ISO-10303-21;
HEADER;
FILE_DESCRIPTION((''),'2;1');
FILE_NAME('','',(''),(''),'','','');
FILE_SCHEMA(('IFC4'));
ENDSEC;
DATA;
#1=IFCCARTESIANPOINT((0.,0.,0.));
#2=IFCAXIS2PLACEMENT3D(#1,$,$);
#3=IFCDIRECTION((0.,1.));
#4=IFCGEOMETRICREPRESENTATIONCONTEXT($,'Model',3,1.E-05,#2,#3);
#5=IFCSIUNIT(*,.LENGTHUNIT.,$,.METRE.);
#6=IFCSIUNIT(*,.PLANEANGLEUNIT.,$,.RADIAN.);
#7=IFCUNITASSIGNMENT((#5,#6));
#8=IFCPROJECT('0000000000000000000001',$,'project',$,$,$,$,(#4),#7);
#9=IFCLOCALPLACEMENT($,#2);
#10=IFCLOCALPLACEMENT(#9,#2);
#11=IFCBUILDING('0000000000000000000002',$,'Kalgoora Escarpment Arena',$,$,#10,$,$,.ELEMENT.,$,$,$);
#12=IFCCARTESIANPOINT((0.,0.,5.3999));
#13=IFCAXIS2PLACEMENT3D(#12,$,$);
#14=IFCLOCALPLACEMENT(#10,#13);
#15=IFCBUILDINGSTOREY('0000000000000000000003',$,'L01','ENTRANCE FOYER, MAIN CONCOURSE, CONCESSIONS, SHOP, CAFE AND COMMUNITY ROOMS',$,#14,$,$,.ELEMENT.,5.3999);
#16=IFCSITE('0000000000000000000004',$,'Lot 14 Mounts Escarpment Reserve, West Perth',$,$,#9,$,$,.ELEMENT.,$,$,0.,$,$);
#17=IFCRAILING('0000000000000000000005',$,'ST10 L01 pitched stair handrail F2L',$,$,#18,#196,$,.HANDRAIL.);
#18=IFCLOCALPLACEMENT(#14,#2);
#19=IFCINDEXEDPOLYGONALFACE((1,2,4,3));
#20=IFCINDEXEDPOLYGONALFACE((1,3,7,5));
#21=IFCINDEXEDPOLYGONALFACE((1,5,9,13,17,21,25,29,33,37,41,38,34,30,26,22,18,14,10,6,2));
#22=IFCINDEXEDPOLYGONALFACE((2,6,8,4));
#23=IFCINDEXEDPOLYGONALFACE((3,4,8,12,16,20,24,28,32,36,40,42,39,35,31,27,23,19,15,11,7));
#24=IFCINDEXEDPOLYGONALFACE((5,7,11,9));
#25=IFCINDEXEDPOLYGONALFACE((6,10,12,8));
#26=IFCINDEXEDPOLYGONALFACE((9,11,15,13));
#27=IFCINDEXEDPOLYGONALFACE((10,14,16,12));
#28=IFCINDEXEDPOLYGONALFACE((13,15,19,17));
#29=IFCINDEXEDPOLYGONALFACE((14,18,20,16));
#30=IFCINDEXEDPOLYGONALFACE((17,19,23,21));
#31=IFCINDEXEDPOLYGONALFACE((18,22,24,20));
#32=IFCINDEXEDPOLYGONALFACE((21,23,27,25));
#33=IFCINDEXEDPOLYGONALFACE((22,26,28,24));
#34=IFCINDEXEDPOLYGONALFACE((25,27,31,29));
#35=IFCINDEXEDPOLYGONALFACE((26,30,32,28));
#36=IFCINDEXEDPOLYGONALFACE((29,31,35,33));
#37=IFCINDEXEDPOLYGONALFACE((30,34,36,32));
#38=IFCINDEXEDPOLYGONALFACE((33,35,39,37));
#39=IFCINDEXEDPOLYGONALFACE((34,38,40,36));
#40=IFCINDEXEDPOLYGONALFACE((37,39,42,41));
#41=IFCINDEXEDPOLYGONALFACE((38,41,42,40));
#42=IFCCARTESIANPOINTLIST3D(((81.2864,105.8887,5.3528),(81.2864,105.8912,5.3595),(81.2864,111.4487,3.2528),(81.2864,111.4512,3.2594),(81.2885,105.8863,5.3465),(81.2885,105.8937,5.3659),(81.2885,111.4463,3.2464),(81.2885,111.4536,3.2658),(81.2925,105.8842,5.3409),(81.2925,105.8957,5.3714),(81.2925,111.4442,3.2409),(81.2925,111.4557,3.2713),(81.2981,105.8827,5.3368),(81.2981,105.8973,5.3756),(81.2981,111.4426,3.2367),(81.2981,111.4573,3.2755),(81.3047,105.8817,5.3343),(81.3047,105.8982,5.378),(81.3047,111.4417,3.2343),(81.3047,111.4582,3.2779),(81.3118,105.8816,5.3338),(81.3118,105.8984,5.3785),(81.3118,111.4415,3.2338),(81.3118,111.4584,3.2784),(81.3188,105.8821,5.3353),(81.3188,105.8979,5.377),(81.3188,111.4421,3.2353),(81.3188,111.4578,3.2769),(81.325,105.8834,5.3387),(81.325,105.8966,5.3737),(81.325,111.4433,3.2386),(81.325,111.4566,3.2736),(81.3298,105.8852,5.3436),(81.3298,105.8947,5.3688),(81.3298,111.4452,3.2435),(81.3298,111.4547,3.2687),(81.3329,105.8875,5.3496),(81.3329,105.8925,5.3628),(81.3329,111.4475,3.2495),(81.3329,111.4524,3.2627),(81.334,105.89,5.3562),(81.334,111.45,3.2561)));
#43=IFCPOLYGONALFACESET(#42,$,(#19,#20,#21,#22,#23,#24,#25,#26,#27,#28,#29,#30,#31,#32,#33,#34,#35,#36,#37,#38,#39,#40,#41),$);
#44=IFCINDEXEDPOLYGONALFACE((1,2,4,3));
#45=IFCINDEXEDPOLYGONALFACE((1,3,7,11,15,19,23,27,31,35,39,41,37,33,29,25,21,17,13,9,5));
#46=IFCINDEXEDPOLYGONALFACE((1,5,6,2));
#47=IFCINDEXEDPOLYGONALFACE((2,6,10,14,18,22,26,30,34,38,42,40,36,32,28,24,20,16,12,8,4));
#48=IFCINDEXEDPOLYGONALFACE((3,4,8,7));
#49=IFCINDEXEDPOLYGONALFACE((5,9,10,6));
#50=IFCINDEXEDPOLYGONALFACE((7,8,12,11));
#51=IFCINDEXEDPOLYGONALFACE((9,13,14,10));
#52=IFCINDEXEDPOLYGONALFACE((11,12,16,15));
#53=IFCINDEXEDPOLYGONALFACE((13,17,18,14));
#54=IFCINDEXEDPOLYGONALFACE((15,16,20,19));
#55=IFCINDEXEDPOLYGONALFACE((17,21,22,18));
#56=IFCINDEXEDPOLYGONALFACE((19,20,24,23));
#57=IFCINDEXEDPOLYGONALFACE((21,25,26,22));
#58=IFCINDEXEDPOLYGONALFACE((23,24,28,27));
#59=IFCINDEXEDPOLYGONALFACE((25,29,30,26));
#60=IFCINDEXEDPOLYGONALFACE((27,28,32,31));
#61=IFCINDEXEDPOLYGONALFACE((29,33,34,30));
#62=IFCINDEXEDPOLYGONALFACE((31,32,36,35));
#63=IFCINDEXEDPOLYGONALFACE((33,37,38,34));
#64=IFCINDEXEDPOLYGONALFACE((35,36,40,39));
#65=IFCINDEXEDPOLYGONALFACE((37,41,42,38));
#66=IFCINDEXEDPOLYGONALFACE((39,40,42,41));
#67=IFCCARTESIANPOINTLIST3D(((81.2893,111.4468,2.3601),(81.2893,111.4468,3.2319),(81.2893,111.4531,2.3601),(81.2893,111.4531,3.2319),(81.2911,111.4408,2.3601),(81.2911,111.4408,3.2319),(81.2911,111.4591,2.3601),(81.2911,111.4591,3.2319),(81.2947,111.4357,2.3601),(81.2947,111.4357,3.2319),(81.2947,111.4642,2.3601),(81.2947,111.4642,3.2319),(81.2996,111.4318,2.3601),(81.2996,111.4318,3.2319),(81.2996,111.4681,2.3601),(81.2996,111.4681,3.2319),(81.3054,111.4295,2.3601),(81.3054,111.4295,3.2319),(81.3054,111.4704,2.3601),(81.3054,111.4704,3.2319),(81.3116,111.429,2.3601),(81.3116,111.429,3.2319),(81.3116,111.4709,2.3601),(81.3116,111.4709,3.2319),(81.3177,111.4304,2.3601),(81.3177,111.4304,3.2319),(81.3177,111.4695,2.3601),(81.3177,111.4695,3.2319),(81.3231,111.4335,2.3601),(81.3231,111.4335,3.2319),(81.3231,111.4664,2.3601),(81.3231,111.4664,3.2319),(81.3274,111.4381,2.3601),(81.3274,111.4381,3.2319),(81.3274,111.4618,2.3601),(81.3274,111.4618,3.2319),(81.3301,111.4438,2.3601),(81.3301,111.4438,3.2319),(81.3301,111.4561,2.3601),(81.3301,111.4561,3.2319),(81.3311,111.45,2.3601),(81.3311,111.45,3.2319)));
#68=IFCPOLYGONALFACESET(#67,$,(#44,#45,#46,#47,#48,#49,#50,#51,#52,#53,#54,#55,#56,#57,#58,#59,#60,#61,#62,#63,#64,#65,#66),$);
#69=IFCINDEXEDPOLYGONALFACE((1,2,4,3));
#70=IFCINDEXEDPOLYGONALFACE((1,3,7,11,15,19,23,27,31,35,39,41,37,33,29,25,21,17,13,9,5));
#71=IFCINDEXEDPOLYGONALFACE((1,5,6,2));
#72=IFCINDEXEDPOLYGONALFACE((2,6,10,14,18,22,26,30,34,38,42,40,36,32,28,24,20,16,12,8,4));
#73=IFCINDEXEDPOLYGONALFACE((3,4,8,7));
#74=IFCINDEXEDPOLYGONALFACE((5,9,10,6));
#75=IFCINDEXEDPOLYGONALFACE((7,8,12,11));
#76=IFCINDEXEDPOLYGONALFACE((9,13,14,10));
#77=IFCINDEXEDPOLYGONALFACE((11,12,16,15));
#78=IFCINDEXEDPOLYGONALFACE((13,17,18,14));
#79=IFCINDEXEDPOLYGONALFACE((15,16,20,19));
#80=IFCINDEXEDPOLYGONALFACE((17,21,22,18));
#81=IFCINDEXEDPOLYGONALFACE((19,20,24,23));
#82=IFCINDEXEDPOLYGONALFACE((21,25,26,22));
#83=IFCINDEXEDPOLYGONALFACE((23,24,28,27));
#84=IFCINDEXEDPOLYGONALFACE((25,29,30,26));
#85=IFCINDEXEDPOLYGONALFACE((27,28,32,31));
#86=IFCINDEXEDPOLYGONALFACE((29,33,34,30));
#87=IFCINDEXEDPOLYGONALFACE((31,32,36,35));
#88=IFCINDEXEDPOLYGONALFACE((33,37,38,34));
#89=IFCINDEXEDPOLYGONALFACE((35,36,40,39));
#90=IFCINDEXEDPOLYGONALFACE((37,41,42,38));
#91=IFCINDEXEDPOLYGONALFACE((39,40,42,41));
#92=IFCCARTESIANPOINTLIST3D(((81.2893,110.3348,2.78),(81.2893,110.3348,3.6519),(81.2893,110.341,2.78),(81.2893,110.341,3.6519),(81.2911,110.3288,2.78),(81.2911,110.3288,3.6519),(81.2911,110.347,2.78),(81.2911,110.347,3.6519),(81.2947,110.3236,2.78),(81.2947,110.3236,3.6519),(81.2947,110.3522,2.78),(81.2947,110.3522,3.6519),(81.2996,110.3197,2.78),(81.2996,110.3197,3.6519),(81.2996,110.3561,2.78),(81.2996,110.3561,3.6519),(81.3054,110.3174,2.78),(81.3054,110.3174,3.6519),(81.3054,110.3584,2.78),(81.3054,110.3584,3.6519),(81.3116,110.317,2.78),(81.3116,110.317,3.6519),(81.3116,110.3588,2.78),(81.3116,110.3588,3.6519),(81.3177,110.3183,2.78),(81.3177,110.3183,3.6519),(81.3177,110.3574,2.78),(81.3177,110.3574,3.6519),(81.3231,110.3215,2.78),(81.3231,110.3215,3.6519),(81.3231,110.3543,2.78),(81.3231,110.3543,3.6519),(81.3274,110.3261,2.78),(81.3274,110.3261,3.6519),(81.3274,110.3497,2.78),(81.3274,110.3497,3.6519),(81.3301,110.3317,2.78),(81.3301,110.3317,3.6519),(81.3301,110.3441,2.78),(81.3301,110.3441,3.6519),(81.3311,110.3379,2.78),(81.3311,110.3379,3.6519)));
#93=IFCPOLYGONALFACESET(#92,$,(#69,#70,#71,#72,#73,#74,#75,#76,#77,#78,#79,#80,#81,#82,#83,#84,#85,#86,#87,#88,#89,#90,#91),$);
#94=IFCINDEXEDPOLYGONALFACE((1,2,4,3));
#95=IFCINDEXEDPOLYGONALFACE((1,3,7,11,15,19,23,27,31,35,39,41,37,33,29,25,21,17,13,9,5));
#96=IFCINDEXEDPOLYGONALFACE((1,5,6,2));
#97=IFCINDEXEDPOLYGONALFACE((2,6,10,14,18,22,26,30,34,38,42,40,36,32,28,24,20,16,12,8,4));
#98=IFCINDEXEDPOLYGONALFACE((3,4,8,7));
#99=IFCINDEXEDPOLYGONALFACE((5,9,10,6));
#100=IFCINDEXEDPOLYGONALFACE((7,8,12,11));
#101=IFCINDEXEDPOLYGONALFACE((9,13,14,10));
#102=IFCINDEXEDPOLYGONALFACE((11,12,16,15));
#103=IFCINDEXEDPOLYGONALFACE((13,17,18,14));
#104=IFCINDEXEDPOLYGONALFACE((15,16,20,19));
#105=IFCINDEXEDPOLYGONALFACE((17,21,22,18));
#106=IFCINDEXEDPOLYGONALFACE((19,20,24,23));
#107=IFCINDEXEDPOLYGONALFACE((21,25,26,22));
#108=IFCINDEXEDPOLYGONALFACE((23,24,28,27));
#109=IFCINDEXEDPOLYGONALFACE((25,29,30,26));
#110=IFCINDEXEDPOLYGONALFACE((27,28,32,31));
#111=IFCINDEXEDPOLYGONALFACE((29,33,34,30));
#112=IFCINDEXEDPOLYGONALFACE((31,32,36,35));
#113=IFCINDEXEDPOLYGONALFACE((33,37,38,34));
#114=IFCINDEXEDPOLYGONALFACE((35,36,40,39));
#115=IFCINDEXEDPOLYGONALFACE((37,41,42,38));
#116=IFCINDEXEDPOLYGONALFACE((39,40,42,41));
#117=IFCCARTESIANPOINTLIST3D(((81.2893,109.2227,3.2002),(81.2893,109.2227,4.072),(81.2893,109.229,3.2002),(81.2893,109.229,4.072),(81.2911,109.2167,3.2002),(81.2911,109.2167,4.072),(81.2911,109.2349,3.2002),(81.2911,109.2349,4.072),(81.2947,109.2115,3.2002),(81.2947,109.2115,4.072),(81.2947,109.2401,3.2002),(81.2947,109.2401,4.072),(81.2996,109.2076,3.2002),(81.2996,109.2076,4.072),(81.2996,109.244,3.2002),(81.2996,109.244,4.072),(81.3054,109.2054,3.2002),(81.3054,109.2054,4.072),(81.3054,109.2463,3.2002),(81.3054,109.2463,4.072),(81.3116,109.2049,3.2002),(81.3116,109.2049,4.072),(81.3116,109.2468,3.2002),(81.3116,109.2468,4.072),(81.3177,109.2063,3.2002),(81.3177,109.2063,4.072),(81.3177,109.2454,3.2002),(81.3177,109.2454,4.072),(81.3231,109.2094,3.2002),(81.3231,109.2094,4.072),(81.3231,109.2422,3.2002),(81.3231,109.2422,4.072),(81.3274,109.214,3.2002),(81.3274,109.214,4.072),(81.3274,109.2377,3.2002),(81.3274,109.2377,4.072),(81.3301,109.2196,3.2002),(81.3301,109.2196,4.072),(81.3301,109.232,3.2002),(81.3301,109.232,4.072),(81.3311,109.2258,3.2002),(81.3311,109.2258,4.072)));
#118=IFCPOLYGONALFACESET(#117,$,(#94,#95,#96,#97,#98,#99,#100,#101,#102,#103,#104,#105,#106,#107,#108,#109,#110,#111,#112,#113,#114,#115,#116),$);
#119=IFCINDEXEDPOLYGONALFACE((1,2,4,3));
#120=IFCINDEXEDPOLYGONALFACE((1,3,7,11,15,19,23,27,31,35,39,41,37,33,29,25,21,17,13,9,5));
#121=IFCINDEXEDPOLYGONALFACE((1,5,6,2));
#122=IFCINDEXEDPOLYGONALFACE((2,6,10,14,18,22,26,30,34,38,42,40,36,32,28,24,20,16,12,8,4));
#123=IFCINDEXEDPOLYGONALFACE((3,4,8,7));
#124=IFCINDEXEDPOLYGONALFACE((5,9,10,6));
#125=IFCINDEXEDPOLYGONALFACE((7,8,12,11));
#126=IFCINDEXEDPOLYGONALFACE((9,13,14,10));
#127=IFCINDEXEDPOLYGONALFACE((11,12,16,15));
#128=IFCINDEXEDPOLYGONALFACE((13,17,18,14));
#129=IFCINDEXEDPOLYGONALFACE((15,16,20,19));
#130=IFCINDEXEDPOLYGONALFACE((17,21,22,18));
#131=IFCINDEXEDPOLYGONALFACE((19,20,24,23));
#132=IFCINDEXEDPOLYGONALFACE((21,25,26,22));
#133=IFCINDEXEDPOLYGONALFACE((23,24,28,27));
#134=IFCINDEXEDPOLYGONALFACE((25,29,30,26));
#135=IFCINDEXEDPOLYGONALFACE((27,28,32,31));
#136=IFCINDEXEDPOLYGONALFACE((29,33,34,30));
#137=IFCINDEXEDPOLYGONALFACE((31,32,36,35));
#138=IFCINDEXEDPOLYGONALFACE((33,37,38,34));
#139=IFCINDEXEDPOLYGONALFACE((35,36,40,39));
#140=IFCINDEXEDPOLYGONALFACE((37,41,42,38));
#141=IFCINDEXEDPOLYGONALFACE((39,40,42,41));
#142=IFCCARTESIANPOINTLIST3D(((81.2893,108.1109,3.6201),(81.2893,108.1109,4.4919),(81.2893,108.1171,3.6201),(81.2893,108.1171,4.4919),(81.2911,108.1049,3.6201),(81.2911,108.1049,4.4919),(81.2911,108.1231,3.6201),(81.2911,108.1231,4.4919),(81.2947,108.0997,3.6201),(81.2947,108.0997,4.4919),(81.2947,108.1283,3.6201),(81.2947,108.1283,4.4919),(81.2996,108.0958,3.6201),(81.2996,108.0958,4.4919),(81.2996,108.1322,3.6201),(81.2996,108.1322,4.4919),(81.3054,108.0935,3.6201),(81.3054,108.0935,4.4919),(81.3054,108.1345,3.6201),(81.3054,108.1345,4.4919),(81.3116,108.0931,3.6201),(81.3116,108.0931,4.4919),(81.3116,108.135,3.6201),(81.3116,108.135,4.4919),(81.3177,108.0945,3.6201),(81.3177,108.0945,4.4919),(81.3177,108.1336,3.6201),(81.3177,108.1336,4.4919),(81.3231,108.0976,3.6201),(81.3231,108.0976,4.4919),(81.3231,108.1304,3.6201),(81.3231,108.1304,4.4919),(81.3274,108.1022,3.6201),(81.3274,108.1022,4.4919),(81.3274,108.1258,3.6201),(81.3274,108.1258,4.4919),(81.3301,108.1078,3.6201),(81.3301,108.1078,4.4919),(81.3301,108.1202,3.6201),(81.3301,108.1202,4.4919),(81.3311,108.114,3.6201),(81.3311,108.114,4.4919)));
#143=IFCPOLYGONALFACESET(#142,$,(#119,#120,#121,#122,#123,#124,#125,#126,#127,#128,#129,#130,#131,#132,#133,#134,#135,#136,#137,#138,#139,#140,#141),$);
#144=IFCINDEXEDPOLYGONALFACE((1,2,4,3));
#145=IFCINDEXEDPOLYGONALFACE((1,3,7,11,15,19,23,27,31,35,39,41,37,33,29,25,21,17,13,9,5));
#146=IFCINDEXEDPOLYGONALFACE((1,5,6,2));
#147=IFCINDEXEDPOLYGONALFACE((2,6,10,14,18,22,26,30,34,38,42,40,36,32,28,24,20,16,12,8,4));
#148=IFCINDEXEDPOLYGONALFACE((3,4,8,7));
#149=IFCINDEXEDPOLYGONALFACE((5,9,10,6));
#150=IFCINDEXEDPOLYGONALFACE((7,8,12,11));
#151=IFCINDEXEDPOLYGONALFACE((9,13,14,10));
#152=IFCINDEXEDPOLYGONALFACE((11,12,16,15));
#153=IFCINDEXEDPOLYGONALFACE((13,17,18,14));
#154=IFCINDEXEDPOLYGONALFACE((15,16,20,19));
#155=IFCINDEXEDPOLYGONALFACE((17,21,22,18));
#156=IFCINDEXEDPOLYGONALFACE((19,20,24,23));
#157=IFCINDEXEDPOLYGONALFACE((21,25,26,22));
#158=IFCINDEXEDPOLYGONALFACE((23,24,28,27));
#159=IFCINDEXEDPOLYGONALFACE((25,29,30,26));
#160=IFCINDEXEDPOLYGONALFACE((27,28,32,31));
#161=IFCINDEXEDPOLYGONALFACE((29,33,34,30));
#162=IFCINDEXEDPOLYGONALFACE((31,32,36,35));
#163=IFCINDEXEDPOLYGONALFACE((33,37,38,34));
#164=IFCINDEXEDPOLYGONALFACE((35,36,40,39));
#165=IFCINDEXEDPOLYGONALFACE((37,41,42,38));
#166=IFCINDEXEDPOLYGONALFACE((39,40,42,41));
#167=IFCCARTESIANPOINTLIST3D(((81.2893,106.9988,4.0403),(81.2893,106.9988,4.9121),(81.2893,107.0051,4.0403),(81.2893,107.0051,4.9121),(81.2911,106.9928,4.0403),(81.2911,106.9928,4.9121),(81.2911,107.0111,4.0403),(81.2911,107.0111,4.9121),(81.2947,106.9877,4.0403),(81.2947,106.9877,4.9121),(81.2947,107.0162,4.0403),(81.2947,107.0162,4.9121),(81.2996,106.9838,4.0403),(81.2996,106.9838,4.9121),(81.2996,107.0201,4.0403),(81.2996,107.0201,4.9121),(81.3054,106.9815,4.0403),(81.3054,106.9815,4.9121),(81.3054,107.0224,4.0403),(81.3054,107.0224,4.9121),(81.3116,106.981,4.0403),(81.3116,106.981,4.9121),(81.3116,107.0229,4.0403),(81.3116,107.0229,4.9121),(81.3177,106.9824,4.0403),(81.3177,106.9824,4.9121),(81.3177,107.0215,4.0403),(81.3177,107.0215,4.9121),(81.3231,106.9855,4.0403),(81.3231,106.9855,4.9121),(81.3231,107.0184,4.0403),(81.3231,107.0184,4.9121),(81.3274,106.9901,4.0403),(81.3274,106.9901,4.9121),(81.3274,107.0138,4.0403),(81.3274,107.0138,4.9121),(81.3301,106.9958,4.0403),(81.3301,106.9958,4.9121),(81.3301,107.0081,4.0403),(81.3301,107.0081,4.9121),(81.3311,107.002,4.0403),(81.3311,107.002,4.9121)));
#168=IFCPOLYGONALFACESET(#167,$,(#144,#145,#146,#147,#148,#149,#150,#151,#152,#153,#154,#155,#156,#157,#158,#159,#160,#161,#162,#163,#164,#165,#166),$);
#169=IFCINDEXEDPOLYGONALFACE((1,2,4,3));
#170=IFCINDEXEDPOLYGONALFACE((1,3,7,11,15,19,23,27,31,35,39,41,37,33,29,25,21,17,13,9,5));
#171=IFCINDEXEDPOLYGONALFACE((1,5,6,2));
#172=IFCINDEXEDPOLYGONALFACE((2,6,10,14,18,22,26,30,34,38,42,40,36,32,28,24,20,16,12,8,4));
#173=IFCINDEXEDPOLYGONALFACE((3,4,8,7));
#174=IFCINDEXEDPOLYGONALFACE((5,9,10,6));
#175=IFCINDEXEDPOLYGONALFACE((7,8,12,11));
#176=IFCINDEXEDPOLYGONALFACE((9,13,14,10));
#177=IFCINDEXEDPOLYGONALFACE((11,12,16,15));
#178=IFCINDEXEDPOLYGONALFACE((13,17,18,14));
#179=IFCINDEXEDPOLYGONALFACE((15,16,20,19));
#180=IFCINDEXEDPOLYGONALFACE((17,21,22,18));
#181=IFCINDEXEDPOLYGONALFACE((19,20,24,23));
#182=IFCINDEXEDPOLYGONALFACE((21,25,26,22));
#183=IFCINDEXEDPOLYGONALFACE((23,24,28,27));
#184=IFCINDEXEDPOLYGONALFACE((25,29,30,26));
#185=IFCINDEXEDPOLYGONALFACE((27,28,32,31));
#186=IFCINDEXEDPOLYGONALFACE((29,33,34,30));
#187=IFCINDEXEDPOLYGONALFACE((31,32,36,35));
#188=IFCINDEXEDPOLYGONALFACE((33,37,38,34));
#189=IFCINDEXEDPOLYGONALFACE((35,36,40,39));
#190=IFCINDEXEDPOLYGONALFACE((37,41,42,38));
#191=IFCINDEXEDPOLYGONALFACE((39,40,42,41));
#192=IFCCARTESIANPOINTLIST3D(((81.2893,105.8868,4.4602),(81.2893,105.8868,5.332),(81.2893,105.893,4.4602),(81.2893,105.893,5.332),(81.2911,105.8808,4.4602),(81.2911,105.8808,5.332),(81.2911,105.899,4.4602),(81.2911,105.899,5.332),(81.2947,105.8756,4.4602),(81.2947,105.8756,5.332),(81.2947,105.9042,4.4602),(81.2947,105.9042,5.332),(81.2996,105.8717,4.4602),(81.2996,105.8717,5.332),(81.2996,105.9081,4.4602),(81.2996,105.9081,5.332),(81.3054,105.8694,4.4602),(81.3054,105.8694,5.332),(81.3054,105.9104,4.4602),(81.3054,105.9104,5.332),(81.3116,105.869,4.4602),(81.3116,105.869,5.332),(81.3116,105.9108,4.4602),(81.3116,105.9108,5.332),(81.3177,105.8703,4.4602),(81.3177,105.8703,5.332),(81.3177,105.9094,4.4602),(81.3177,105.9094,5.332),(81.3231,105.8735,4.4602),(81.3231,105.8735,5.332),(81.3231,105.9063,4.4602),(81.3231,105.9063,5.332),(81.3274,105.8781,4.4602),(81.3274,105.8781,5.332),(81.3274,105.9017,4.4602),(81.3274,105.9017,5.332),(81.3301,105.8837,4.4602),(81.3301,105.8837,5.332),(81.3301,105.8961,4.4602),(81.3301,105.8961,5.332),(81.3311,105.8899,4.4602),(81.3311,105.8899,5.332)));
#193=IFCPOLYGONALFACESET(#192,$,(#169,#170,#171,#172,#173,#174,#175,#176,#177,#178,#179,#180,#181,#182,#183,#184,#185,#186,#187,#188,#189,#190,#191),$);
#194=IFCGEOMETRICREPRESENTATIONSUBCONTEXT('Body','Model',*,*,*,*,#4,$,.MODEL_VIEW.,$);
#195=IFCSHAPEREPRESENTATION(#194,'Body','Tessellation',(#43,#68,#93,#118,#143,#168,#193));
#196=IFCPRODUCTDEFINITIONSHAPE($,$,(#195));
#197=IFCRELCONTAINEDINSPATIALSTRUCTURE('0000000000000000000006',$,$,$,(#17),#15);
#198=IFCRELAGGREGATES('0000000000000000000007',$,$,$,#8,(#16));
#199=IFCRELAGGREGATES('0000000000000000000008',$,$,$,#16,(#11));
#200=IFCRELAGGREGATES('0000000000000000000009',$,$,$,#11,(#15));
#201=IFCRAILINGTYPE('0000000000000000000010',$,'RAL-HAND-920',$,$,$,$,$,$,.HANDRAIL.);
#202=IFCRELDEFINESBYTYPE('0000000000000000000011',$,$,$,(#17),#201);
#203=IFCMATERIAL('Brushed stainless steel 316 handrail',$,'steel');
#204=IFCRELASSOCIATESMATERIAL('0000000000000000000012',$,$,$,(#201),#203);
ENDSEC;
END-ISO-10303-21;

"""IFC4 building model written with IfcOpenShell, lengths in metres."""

from ifc_helpers import new_model, si_unit, direction, frame, origin, origin_2d, place, context, subcontext, project, spatial, circle, extrude, material, type_object, element, save


model = new_model("IFC4")

# Units and contexts
model_context = context("Model", 3, precision=1e-05, world=origin(), true_north=direction((0.0, 1.0)))
body_context = subcontext(model_context, "Body", "Model", "MODEL_VIEW")
ifc_project = project(units=[si_unit("LENGTHUNIT", "METRE"), si_unit("PLANEANGLEUNIT", "RADIAN")], contexts=[model_context])

# Site, building, storey
site_placement = place(None, origin())
site = spatial("IfcSite", under=ifc_project, at=site_placement, Name="Lot 14 Mounts Escarpment Reserve, West Perth", CompositionType="ELEMENT", RefElevation=0.0)
building_placement = place(site_placement, origin())
building = spatial("IfcBuilding", under=site, at=building_placement, Name="Kalgoora Escarpment Arena", CompositionType="ELEMENT")
storey_placement = place(building_placement, frame((0.0, 0.0, 5.3999)))
storey = spatial("IfcBuildingStorey", under=building, at=storey_placement, Name="L01", Description="ENTRANCE FOYER, MAIN CONCOURSE, CONCESSIONS, SHOP, CAFE AND COMMUNITY ROOMS", CompositionType="ELEMENT", Elevation=5.3999)

# Railing
ifc_material_1 = material(Name="Brushed stainless steel 316 handrail", Category="steel")
railing_type_1 = type_object("IfcRailingType", Name="RAL-HAND-920", PredefinedType="HANDRAIL", material=ifc_material_1)
for number, where, name in (
    (1, (81.3101, 111.45, 2.3601), "ST10 L01 pitched stair handrail F2L"),
):
    element("IfcRailing", number, at=place(storey_placement, frame(where)), inside=storey, type_object=railing_type_1, Name=name, PredefinedType="HANDRAIL", context=body_context, shape_type="SweptSolid", body=[
        extrude(circle(Radius=0.0239, at=origin_2d()), frame((0.0, 0.0, 0.896), z_axis=(0.0, -0.935493, 0.353346), x_axis=(1.0, 0.0, 0.0)), (0.0, 0.0, 1.0), 5.9434),
        extrude(circle(Radius=0.021, at=origin_2d()), origin(), (0.0, 0.0, 1.0), 0.8718),
        extrude(circle(Radius=0.021, at=origin_2d()), frame((0.0, -1.1121, 0.4199)), (0.0, 0.0, 1.0), 0.8718),
        extrude(circle(Radius=0.021, at=origin_2d()), frame((0.0, -2.2241, 0.8401)), (0.0, 0.0, 1.0), 0.8718),
        extrude(circle(Radius=0.021, at=origin_2d()), frame((0.0, -3.3359, 1.26)), (0.0, 0.0, 1.0), 0.8718),
        extrude(circle(Radius=0.021, at=origin_2d()), frame((0.0, -4.448, 1.6802)), (0.0, 0.0, 1.0), 0.8718),
        extrude(circle(Radius=0.021, at=origin_2d()), frame((0.0, -5.5601, 2.1001)), (0.0, 0.0, 1.0), 0.8718),
    ])

save(model, "model.ifc")
